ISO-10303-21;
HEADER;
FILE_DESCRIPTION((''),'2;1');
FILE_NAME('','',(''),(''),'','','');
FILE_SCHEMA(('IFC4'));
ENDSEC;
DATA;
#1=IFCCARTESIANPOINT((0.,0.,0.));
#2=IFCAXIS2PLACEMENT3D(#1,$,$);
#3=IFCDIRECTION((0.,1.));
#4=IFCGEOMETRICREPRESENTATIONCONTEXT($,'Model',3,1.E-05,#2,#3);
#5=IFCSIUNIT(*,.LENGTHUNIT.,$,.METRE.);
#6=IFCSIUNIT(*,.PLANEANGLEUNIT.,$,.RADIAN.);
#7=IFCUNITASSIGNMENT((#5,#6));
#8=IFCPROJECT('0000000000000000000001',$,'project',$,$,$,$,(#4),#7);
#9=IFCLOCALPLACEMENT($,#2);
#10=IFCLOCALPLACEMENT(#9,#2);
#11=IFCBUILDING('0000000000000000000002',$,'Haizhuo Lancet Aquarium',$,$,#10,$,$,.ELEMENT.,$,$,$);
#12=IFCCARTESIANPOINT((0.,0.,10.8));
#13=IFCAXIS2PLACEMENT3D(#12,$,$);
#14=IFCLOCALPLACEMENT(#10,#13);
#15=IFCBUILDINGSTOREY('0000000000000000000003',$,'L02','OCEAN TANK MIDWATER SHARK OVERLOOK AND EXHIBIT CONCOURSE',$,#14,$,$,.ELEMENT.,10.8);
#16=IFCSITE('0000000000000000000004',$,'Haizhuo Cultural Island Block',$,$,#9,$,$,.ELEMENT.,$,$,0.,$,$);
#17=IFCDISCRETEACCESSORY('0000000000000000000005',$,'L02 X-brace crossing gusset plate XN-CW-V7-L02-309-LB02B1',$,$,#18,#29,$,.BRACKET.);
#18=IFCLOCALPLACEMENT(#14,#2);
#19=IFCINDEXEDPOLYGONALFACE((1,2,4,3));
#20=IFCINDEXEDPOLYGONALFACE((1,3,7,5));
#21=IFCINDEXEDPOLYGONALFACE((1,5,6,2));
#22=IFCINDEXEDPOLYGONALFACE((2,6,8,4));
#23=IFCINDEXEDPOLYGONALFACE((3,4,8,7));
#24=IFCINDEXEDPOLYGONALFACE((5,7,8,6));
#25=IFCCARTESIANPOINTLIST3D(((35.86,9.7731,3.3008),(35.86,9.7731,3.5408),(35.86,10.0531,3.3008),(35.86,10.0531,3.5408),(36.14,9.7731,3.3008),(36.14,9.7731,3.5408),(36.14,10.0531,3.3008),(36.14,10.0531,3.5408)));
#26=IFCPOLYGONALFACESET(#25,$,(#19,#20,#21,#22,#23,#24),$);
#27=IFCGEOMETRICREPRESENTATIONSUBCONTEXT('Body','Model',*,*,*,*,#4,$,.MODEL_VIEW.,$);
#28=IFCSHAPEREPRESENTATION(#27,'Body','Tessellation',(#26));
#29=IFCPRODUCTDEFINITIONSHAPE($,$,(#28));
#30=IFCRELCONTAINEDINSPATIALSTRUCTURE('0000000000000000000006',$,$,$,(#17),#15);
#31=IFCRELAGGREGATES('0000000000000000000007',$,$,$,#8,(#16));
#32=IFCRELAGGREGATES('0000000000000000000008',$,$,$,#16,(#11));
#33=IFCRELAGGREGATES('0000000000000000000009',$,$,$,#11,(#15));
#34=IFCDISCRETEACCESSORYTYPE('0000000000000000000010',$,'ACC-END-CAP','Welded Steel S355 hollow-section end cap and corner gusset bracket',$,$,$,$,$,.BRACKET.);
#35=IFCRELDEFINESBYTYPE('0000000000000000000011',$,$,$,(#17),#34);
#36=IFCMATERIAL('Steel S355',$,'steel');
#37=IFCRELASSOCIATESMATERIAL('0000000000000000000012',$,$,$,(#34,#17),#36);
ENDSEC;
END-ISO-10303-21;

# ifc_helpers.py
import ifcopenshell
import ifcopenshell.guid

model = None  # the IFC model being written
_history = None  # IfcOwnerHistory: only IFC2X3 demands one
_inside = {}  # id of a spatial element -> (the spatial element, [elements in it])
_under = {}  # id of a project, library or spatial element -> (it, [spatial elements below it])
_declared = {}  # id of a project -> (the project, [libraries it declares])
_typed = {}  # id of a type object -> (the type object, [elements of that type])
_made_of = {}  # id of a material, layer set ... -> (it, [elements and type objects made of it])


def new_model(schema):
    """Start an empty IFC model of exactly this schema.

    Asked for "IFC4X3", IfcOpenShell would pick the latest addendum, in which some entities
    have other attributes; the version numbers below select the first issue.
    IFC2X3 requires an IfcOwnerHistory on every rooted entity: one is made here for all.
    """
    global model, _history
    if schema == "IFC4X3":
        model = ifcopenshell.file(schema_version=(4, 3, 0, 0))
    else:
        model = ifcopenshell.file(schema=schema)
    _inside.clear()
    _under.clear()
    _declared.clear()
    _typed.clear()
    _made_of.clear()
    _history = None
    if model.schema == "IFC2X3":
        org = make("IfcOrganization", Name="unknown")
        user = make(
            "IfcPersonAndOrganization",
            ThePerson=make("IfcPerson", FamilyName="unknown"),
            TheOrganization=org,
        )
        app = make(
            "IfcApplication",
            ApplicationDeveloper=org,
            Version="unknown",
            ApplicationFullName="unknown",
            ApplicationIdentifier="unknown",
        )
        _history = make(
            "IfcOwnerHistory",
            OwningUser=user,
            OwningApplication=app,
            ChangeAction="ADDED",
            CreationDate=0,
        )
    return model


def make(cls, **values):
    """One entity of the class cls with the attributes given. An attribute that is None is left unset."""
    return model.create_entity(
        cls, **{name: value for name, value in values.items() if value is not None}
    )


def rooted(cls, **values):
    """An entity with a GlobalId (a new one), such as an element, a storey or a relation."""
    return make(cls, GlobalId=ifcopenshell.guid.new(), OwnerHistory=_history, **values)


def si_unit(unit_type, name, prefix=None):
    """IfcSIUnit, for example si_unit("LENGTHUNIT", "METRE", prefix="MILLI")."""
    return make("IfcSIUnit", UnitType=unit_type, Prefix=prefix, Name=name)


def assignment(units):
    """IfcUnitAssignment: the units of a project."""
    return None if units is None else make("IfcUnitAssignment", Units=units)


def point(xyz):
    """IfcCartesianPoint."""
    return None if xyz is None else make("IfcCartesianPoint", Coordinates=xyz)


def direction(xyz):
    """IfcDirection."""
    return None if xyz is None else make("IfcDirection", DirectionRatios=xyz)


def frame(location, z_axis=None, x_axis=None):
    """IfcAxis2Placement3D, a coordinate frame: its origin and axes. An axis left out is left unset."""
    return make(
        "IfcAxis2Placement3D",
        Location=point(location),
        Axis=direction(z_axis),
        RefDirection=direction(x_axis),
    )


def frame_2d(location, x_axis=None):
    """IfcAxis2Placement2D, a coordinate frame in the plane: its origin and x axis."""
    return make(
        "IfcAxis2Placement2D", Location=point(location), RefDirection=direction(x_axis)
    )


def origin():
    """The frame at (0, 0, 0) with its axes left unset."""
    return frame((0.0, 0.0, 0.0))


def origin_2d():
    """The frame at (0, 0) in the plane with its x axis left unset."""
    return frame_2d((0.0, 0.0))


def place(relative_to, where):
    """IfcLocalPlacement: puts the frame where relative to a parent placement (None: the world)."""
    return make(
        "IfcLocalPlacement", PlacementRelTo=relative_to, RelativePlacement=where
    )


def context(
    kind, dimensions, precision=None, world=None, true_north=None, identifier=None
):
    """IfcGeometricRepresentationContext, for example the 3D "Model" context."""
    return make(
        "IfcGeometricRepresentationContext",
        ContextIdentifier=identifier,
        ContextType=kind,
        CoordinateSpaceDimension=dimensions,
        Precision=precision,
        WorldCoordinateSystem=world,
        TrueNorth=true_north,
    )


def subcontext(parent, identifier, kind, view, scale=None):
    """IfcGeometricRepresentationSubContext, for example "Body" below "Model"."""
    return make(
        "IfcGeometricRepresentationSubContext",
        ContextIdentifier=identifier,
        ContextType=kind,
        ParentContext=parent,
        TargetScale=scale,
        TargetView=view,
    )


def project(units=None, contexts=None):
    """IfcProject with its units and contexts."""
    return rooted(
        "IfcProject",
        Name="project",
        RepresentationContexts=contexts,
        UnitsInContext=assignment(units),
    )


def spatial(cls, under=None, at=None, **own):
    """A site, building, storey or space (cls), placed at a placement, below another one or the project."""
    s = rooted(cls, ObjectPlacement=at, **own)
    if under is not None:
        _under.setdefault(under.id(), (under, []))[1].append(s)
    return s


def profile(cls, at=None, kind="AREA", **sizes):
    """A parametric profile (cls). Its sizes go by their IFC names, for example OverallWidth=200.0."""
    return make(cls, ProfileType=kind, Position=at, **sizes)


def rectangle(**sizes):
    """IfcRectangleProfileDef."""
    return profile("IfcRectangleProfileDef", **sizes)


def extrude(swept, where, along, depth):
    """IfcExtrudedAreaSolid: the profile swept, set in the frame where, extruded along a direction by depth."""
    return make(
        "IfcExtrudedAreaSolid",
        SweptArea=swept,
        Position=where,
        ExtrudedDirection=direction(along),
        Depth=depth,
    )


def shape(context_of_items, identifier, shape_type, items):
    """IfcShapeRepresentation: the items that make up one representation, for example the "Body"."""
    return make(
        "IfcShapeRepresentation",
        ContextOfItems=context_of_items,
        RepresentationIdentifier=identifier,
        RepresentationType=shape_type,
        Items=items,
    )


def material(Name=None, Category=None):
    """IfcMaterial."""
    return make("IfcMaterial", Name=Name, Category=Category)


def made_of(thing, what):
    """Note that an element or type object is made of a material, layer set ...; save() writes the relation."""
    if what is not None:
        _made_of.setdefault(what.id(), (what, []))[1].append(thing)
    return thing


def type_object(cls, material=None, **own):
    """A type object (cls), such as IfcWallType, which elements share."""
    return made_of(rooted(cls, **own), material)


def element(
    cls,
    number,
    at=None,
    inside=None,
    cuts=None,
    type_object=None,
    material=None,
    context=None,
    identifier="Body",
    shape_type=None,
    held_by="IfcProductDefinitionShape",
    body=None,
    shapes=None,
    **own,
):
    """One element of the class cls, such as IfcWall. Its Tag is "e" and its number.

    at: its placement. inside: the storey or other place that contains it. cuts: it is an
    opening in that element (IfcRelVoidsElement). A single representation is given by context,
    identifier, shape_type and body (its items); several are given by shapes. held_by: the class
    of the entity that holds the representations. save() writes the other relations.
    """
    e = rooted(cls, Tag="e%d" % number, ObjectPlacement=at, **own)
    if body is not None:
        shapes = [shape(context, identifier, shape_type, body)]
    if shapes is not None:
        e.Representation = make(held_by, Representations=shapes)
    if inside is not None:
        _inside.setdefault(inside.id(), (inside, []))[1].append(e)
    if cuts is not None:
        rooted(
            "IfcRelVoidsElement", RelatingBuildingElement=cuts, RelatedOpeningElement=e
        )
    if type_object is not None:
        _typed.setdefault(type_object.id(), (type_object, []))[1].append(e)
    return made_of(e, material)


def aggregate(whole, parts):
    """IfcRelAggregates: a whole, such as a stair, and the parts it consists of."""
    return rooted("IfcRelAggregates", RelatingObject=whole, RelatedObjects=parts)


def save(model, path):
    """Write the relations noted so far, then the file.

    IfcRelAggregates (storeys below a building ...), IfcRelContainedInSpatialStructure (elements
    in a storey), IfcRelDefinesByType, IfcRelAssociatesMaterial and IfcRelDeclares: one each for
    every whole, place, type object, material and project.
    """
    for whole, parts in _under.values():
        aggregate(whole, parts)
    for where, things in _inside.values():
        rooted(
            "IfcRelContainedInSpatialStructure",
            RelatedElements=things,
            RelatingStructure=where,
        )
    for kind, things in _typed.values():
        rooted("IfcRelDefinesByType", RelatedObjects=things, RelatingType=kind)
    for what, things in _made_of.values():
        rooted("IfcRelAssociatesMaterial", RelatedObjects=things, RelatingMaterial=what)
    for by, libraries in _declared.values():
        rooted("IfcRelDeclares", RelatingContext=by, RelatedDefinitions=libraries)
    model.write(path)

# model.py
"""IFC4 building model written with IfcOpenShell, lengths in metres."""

from ifc_helpers import new_model, si_unit, direction, frame, origin, origin_2d, place, context, subcontext, project, spatial, rectangle, extrude, material, type_object, element, save


model = new_model("IFC4")

# Units and contexts
model_context = context("Model", 3, precision=1e-05, world=origin(), true_north=direction((0.0, 1.0)))
body_context = subcontext(model_context, "Body", "Model", "MODEL_VIEW")
ifc_project = project(units=[si_unit("LENGTHUNIT", "METRE"), si_unit("PLANEANGLEUNIT", "RADIAN")], contexts=[model_context])

# Site, building, storey
site_placement = place(None, origin())
site = spatial("IfcSite", under=ifc_project, at=site_placement, Name="Haizhuo Cultural Island Block", CompositionType="ELEMENT", RefElevation=0.0)
building_placement = place(site_placement, origin())
building = spatial("IfcBuilding", under=site, at=building_placement, Name="Haizhuo Lancet Aquarium", CompositionType="ELEMENT")
storey_placement = place(building_placement, frame((0.0, 0.0, 10.8)))
storey = spatial("IfcBuildingStorey", under=building, at=storey_placement, Name="L02", Description="OCEAN TANK MIDWATER SHARK OVERLOOK AND EXHIBIT CONCOURSE", CompositionType="ELEMENT", Elevation=10.8)

# Shared definitions
ifc_material_1 = material(Name="Steel S355", Category="steel")

# Discrete accessory
discrete_accessory_type = type_object("IfcDiscreteAccessoryType", Name="ACC-END-CAP", Description="Welded Steel S355 hollow-section end cap and corner gusset bracket", PredefinedType="BRACKET", material=ifc_material_1)
for number, where, z_axis, x_axis, name in (
    (1, (36.0, 9.9131, 3.3008), (0.0, 0.0, 1.0), (1.0, 0.0, 0.0), "L02 X-brace crossing gusset plate XN-CW-V7-L02-309-LB02B1"),
):
    element("IfcDiscreteAccessory", number, at=place(storey_placement, frame(where, z_axis=z_axis, x_axis=x_axis)), inside=storey, type_object=discrete_accessory_type, material=ifc_material_1, Name=name, PredefinedType="BRACKET", context=body_context, shape_type="SweptSolid", body=[
        extrude(rectangle(XDim=0.28, YDim=0.28, at=origin_2d()), origin(), (0.0, 0.0, 1.0), 0.24),
    ])

save(model, "model.ifc")
